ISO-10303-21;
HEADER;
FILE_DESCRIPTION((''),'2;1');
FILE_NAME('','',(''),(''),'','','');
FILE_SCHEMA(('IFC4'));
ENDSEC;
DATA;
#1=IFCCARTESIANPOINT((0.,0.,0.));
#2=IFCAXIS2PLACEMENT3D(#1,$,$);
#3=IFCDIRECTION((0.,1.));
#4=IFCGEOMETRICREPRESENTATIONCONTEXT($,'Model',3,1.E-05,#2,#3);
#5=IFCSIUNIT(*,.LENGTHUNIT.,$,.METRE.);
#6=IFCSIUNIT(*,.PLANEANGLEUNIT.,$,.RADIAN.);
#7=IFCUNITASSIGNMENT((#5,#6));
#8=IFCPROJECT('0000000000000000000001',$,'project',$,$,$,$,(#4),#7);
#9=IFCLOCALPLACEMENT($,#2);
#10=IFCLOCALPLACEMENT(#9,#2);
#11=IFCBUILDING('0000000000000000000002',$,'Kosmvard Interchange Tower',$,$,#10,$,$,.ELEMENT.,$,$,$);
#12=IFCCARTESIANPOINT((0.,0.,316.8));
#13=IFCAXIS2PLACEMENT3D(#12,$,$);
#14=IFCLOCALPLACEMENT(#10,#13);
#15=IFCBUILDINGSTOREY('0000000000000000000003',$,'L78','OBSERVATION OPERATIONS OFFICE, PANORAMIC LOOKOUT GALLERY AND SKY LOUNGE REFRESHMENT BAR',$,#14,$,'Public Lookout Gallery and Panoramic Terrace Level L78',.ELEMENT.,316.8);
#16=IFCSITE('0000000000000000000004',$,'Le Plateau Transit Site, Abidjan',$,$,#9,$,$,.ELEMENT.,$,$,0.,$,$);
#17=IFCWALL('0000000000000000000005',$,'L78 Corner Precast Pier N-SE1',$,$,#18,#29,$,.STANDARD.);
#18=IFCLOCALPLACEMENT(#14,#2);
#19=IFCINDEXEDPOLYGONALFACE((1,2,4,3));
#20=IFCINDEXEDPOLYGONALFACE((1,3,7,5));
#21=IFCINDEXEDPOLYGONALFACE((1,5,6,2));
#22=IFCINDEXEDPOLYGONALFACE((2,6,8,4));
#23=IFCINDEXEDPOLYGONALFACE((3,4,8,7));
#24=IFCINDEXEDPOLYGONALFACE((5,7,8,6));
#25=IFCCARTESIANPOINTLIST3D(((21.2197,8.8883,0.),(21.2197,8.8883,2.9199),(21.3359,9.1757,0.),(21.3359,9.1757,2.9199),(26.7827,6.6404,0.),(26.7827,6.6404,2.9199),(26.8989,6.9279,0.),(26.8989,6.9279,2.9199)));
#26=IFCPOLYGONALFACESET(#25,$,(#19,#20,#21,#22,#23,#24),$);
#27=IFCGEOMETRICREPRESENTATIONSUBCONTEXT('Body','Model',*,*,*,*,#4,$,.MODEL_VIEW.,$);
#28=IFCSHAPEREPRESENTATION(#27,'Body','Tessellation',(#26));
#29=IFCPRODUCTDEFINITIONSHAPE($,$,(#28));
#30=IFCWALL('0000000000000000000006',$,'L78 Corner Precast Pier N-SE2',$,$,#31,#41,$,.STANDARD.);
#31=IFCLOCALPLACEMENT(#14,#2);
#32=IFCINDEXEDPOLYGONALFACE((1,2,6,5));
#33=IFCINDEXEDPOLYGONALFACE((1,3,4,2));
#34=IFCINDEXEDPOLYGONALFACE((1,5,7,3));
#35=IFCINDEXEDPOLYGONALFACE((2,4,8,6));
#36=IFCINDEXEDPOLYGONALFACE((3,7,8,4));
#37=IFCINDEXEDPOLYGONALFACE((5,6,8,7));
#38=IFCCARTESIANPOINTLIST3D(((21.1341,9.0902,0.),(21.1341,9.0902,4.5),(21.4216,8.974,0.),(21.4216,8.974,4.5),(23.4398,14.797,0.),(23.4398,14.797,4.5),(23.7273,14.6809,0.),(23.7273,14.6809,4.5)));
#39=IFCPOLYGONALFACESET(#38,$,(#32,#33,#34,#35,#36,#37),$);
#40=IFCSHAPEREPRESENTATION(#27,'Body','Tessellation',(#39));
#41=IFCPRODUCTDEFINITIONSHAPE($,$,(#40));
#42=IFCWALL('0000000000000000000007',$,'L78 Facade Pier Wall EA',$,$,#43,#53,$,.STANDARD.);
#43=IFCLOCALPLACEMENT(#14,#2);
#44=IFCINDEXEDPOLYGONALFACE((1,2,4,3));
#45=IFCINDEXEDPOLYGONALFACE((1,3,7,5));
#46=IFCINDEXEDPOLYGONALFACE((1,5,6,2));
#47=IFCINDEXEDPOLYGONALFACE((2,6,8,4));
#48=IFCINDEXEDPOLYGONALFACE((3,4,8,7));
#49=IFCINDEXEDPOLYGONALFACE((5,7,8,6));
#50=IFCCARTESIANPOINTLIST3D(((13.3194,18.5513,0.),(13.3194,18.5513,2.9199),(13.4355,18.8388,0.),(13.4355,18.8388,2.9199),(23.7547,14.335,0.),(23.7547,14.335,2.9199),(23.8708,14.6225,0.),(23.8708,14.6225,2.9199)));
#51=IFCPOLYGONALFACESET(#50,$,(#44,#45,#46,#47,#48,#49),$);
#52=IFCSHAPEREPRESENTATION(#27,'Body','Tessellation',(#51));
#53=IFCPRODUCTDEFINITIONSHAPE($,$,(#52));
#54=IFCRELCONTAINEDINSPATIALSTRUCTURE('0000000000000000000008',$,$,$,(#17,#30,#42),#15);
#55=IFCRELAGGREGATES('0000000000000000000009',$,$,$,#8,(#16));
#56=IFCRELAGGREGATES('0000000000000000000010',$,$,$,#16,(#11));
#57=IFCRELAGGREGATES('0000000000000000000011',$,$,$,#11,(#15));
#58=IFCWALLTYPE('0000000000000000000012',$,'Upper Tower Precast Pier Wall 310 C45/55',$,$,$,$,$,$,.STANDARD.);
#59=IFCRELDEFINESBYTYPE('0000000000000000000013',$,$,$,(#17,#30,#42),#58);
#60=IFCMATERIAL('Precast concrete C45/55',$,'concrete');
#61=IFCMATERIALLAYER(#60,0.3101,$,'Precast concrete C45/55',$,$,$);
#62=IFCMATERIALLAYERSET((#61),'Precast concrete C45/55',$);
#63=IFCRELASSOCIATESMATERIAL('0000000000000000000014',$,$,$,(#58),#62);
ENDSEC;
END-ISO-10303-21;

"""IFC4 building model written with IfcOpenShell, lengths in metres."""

from ifc_helpers import new_model, si_unit, direction, frame, frame_2d, origin, place, context, subcontext, project, spatial, rectangle, extrude, material, layer, layer_set, type_object, element, save


model = new_model("IFC4")

# Units and contexts
model_context = context("Model", 3, precision=1e-05, world=origin(), true_north=direction((0.0, 1.0)))
body_context = subcontext(model_context, "Body", "Model", "MODEL_VIEW")
ifc_project = project(units=[si_unit("LENGTHUNIT", "METRE"), si_unit("PLANEANGLEUNIT", "RADIAN")], contexts=[model_context])

# Site, building, storey
site_placement = place(None, origin())
site = spatial("IfcSite", under=ifc_project, at=site_placement, Name="Le Plateau Transit Site, Abidjan", CompositionType="ELEMENT", RefElevation=0.0)
building_placement = place(site_placement, origin())
building = spatial("IfcBuilding", under=site, at=building_placement, Name="Kosmvard Interchange Tower", CompositionType="ELEMENT")
storey_placement = place(building_placement, frame((0.0, 0.0, 316.8)))
storey = spatial("IfcBuildingStorey", under=building, at=storey_placement, Name="L78", Description="OBSERVATION OPERATIONS OFFICE, PANORAMIC LOOKOUT GALLERY AND SKY LOUNGE REFRESHMENT BAR", LongName="Public Lookout Gallery and Panoramic Terrace Level L78", CompositionType="ELEMENT", Elevation=316.8)

# Shared definitions
ifc_material_1 = material(Name="Precast concrete C45/55", Category="concrete")

# Walls
ifc_layer_1 = layer(ifc_material_1, 0.3101, Name="Precast concrete C45/55")
ifc_layer_set_1 = layer_set([ifc_layer_1], Name="Precast concrete C45/55")
wall_type = type_object("IfcWallType", Name="Upper Tower Precast Pier Wall 310 C45/55", PredefinedType="STANDARD", material=ifc_layer_set_1)
wall_1_placement = place(storey_placement, frame((26.8408, 6.7842, 0.0), z_axis=(0.0, 0.0, 1.0), x_axis=(-0.927172, 0.374637, 0.0)))
element("IfcWall", 1, at=wall_1_placement, inside=storey, type_object=wall_type, Name="L78 Corner Precast Pier N-SE1", PredefinedType="STANDARD", context=body_context, shape_type="SweptSolid", body=[
    extrude(rectangle(XDim=6.0, YDim=0.3101, at=frame_2d((3.0, 0.0))), origin(), (0.0, 0.0, 1.0), 2.9199),
])
wall_2_placement = place(storey_placement, frame((21.2778, 9.032, 0.0), z_axis=(0.0, 0.0, 1.0), x_axis=(0.374603, 0.927185, 0.0)))
element("IfcWall", 2, at=wall_2_placement, inside=storey, type_object=wall_type, Name="L78 Corner Precast Pier N-SE2", PredefinedType="STANDARD", context=body_context, shape_type="SweptSolid", body=[
    extrude(rectangle(XDim=6.155, YDim=0.3101, at=frame_2d((3.0776, 0.0))), origin(), (0.0, 0.0, 1.0), 4.5),
])
wall_3_placement = place(storey_placement, frame((23.8127, 14.4788, 0.0), z_axis=(0.0, 0.0, 1.0), x_axis=(-0.927179, 0.37462, 0.0)))
element("IfcWall", 3, at=wall_3_placement, inside=storey, type_object=wall_type, Name="L78 Facade Pier Wall EA", PredefinedType="STANDARD", context=body_context, shape_type="SweptSolid", body=[
    extrude(rectangle(XDim=11.2549, YDim=0.3101, at=frame_2d((5.6274, 0.0))), origin(), (0.0, 0.0, 1.0), 2.9199),
])

save(model, "model.ifc")
